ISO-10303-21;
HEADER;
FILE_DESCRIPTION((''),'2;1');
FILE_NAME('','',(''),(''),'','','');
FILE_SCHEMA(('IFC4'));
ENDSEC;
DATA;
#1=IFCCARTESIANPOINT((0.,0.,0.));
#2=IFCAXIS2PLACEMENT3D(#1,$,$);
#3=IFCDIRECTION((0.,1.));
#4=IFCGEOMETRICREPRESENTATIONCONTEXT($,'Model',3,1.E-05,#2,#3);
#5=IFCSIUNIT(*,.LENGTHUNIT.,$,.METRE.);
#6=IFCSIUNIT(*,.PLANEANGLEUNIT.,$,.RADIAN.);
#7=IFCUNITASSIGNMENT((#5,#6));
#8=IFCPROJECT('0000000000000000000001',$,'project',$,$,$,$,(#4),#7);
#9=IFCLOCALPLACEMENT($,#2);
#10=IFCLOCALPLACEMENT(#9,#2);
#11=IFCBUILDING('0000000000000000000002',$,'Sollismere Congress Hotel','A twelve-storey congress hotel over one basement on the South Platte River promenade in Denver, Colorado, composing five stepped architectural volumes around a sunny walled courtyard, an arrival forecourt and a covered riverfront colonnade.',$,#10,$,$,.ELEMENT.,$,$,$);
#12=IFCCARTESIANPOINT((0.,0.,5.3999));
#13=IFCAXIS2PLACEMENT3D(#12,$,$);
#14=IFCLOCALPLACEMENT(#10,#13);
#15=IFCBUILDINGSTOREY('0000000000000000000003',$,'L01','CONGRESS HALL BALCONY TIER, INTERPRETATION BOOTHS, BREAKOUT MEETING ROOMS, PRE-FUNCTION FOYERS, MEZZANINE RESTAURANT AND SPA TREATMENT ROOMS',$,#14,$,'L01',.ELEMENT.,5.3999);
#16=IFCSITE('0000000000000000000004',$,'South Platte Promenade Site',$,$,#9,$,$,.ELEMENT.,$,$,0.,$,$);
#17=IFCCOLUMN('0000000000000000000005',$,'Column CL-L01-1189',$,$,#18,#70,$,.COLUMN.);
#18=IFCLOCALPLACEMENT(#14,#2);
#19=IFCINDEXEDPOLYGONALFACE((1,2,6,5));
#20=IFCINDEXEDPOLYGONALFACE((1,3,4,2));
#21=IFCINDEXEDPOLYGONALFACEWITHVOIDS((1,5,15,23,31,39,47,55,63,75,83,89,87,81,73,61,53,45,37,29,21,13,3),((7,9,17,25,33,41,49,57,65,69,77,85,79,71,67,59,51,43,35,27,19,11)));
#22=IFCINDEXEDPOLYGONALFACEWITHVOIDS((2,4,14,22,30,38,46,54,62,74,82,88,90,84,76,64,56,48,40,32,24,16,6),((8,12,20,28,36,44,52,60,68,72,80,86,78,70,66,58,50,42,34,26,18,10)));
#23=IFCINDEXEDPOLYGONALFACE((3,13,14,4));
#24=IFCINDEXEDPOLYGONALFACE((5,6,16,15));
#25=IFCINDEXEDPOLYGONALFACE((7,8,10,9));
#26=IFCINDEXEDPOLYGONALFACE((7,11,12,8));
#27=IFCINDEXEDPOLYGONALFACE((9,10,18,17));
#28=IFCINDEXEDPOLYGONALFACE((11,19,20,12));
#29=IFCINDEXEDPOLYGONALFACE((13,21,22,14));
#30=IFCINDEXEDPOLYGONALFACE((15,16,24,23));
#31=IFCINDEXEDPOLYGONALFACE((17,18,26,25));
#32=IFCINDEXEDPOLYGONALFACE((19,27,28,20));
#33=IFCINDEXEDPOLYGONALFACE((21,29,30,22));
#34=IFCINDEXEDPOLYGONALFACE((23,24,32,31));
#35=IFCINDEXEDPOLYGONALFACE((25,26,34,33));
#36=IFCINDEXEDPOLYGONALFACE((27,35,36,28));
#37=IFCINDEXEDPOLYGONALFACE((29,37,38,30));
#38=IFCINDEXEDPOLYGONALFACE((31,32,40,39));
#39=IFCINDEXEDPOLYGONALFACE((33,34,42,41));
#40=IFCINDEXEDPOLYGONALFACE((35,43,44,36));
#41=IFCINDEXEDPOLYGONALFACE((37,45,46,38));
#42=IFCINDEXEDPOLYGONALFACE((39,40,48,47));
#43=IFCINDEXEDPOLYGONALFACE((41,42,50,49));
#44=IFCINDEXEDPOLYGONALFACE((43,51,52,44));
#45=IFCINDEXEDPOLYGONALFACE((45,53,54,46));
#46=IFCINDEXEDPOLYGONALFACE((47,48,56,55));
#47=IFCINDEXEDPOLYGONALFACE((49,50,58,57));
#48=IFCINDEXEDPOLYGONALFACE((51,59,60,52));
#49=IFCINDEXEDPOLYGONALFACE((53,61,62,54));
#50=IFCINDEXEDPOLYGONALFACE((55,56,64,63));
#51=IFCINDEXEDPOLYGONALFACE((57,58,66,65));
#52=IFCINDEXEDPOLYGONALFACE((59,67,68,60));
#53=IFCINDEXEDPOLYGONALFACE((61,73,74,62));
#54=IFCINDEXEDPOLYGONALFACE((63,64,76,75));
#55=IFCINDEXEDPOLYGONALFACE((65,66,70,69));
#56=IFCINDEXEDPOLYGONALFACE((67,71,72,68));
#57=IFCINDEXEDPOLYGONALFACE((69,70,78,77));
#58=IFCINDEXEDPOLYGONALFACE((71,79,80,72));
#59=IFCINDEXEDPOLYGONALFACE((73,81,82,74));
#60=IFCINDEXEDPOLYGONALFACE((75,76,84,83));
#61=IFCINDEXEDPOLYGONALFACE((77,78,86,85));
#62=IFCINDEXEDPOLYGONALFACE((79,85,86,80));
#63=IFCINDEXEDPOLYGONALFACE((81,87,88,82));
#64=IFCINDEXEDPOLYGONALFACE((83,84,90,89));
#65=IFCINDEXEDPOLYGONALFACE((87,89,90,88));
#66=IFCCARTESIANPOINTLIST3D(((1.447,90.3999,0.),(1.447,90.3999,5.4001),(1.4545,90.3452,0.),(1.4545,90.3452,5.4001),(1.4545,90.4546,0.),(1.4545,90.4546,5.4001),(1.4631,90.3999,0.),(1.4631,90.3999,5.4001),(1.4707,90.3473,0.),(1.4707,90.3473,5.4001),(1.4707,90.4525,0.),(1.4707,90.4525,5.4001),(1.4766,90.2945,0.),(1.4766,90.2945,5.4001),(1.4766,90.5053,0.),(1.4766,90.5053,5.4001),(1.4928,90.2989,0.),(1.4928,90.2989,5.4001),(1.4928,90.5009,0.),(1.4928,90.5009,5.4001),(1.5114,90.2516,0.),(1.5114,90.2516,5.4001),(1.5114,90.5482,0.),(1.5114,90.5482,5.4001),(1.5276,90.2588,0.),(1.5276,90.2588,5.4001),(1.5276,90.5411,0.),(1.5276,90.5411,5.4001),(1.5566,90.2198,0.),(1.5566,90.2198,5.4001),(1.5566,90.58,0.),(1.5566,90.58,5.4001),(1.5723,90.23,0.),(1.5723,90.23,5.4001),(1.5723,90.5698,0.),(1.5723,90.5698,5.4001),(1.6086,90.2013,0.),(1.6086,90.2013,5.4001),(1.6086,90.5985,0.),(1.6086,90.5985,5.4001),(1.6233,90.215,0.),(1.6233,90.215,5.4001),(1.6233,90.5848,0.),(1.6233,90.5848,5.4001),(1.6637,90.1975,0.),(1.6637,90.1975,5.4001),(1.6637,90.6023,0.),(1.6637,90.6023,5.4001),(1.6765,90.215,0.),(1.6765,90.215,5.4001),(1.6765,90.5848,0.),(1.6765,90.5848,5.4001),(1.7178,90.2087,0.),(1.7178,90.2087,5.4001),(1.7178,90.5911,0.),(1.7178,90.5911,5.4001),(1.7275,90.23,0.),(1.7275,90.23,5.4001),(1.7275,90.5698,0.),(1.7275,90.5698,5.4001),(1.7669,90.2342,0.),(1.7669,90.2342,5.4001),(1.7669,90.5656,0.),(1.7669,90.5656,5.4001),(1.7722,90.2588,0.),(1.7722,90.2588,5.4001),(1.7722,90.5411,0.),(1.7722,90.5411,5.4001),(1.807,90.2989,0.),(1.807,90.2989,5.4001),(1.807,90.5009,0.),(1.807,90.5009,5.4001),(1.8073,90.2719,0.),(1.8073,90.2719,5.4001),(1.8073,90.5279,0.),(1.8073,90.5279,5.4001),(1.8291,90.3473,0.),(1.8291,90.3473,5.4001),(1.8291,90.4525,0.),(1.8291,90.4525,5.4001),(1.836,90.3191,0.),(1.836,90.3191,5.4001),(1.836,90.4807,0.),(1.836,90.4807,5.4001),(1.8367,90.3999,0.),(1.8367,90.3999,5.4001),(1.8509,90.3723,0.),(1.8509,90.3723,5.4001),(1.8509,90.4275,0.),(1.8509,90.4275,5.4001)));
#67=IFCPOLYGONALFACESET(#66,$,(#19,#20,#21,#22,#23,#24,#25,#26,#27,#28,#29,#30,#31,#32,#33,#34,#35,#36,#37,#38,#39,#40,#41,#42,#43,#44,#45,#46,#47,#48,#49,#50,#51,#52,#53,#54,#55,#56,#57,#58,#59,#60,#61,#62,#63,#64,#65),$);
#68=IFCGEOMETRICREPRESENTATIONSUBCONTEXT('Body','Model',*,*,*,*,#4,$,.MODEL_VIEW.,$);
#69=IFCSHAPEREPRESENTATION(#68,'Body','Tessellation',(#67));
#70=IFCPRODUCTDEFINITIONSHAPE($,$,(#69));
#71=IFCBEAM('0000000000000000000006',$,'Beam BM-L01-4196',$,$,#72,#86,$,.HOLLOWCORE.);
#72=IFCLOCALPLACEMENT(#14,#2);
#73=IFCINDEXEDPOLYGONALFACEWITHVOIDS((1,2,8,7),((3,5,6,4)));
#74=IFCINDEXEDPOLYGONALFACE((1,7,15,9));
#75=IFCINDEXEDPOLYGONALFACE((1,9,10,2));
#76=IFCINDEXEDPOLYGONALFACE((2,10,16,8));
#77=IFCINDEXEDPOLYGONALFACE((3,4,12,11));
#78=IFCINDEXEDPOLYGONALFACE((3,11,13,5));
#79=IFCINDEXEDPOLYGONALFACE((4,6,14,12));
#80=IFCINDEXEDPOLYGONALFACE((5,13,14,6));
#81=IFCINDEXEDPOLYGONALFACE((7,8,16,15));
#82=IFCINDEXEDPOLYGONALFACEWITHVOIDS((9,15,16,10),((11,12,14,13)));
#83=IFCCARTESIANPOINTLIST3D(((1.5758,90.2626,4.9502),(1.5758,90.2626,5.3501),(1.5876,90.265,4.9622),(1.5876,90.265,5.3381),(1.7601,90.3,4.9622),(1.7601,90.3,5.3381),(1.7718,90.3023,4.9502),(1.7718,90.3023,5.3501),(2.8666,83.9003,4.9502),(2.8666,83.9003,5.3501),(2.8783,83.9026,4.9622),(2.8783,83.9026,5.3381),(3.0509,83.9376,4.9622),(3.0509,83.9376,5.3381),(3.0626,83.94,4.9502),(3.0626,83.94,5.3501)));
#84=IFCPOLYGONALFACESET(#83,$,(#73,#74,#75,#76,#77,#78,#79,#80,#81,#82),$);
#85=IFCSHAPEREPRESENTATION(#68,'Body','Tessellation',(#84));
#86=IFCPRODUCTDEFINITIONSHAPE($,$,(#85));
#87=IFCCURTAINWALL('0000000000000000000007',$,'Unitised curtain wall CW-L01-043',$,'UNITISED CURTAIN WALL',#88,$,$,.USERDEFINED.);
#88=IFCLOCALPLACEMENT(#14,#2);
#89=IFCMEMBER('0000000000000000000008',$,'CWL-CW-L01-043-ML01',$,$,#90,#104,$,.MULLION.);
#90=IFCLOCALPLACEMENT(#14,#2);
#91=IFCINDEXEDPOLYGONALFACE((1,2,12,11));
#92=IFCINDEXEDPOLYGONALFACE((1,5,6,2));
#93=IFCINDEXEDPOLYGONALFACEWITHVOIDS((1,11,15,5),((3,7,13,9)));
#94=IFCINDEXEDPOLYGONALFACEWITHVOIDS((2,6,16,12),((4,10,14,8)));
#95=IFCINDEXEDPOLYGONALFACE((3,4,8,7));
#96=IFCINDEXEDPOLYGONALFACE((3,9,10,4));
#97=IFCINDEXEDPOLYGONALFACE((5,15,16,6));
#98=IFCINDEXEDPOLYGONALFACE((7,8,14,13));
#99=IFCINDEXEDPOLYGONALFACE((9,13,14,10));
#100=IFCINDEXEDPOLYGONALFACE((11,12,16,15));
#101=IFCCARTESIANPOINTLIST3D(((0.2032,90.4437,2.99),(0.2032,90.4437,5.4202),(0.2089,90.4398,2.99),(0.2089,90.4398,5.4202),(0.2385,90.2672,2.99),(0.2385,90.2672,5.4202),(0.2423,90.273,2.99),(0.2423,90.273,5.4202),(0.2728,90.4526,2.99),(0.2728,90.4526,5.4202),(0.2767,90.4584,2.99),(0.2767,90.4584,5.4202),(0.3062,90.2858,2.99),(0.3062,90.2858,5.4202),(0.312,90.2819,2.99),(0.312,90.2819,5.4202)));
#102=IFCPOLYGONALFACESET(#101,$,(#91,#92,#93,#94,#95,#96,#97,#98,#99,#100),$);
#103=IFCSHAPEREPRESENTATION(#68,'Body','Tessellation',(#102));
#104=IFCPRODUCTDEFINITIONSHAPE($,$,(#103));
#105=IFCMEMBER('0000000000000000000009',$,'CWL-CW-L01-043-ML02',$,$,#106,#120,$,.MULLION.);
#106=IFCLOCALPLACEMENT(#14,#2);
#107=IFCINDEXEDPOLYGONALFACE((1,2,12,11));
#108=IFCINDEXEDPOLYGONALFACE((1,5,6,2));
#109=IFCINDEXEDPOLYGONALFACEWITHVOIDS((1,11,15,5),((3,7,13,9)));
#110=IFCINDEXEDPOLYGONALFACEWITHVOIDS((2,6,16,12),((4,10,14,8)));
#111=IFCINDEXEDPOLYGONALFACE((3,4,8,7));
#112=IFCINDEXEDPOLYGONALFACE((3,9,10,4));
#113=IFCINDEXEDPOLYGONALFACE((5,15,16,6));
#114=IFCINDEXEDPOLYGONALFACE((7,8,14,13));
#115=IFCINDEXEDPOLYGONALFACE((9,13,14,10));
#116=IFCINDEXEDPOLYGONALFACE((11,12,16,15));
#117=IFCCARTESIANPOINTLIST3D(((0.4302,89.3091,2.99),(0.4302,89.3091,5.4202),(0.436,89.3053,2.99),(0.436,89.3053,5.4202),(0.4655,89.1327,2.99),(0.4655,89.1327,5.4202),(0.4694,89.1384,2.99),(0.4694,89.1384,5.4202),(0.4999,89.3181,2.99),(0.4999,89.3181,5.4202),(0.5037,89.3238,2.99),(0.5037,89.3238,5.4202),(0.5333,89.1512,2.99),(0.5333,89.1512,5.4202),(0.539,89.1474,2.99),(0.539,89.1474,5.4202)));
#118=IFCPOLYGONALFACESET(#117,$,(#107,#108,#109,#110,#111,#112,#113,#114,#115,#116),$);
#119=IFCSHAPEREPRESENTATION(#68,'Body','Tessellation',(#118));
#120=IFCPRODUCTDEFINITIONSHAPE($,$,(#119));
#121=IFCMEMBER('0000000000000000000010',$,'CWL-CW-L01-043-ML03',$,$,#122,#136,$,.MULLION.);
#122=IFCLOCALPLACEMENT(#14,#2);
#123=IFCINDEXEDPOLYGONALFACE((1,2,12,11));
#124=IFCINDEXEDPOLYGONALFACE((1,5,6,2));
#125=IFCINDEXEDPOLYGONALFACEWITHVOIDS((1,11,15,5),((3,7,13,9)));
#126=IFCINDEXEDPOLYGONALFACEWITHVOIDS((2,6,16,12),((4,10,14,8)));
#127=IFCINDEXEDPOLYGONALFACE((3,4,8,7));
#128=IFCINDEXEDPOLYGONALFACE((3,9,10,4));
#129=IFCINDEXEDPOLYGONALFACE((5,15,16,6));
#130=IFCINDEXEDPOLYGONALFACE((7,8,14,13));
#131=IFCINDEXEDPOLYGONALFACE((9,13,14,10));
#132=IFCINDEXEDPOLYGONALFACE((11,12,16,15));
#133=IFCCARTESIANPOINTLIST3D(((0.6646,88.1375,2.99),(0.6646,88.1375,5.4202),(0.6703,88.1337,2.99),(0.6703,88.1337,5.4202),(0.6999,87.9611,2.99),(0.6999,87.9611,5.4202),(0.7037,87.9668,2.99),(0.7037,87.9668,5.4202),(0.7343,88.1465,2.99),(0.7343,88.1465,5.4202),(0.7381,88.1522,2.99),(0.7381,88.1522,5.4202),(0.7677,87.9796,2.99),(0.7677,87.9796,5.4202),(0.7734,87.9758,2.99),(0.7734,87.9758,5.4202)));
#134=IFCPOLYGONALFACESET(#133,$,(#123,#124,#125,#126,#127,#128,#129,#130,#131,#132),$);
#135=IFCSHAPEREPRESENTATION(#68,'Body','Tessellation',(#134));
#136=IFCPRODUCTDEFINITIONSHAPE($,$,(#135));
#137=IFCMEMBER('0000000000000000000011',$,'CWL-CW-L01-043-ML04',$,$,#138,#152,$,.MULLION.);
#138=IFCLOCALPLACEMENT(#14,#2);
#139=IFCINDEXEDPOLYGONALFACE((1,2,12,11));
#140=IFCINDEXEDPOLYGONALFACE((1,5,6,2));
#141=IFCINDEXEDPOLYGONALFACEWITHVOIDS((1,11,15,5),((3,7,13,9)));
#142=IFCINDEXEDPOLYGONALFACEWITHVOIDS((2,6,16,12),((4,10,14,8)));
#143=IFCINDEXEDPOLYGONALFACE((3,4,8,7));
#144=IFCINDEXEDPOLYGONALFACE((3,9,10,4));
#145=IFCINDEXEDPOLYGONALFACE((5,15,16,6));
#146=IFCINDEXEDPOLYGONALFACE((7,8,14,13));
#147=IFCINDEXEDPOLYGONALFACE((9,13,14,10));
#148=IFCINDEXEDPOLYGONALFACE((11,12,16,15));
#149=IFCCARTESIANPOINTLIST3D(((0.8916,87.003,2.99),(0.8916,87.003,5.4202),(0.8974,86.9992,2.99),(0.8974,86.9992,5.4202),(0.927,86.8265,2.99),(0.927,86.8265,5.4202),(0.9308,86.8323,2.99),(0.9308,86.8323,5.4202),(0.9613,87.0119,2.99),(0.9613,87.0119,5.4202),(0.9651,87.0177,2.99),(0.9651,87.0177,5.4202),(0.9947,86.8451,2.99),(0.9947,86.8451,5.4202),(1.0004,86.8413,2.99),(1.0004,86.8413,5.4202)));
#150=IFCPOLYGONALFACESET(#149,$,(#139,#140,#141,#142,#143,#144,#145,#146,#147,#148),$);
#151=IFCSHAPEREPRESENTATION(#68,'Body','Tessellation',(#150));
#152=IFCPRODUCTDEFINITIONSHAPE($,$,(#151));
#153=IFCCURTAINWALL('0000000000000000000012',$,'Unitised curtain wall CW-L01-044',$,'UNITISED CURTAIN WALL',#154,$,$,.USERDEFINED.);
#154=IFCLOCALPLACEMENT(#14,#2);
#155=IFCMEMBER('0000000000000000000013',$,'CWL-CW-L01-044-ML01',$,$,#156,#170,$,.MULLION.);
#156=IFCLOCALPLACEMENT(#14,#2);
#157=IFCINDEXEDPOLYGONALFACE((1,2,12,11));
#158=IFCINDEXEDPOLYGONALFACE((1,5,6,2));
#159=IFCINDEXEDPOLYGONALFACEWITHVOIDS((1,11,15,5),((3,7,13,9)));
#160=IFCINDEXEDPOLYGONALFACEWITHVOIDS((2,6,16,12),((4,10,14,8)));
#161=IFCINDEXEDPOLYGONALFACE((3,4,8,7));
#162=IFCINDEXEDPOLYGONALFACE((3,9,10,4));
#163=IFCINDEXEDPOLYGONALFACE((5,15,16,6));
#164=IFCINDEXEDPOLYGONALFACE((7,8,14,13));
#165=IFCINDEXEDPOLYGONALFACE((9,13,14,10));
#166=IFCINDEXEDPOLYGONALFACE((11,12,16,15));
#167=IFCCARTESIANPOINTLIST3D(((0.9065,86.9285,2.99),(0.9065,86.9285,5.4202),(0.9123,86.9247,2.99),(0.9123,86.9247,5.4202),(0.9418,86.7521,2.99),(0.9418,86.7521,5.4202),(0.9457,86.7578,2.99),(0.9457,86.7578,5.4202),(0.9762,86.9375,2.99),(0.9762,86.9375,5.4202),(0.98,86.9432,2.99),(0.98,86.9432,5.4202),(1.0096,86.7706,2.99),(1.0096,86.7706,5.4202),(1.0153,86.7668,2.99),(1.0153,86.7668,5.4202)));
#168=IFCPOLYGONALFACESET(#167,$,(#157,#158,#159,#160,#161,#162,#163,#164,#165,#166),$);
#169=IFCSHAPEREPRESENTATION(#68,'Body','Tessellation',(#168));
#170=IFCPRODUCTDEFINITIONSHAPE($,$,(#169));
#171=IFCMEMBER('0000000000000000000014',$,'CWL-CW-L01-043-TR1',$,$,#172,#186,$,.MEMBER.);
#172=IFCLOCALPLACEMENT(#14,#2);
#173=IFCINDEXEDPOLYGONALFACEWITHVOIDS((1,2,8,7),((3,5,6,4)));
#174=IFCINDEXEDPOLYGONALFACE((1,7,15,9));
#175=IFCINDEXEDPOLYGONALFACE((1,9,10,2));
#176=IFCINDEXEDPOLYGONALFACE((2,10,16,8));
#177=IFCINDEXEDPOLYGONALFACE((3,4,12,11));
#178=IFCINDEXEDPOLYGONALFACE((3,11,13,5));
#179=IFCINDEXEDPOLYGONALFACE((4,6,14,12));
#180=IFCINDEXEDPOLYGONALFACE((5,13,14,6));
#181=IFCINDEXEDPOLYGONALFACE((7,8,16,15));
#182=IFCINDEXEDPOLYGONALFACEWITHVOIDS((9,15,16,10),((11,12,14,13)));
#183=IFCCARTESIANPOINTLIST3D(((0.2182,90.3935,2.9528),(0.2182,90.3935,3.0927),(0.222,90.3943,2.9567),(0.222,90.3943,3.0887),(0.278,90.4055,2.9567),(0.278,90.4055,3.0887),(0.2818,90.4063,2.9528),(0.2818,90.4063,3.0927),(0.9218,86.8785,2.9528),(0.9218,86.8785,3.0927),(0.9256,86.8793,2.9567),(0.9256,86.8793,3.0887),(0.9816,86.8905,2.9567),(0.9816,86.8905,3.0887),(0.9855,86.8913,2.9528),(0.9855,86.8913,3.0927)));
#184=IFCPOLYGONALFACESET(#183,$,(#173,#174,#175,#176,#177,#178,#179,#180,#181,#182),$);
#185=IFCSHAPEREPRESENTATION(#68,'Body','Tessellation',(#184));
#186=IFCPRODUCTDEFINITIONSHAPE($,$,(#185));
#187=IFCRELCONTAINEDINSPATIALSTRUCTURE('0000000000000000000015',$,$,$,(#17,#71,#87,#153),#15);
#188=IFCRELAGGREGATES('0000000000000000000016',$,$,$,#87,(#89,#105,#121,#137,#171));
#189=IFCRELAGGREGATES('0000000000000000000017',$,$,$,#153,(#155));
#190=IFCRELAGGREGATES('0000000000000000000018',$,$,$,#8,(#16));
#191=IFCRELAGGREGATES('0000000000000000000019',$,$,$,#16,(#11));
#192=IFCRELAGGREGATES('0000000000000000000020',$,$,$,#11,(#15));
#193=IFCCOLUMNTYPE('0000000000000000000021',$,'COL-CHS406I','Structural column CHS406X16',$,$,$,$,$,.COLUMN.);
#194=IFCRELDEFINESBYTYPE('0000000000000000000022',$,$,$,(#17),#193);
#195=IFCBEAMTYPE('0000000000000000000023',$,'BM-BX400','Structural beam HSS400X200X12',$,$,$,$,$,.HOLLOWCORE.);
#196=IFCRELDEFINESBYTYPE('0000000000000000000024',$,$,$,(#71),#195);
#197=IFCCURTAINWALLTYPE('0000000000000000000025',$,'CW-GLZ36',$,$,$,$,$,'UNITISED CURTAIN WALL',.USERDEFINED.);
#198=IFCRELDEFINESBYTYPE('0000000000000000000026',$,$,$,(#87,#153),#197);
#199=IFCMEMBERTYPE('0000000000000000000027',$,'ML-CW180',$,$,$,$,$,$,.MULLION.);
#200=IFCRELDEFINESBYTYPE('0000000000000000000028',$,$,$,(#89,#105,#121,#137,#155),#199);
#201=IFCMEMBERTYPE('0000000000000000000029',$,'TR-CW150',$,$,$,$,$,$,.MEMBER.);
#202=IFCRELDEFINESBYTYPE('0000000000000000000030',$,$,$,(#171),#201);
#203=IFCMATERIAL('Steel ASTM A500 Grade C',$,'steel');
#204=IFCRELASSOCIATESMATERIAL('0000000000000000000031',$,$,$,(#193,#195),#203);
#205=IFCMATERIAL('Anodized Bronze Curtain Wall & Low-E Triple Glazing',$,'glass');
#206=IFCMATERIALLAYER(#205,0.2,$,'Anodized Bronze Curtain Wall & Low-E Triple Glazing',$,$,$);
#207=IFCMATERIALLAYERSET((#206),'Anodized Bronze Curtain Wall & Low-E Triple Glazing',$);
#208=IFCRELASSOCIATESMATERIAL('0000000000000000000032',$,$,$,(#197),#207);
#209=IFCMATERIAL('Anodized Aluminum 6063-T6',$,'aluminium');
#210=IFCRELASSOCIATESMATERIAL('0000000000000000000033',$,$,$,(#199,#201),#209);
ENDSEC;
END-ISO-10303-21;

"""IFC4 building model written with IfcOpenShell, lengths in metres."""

from ifc_helpers import new_model, si_unit, direction, frame, origin, origin_2d, place, context, subcontext, project, spatial, hollow_rectangle, hollow_circle, extrude, material, layer, layer_set, material_profile, profile_set, type_object, element, aggregate, save


model = new_model("IFC4")

# Units and contexts
model_context = context("Model", 3, precision=1e-05, world=origin(), true_north=direction((0.0, 1.0)))
body_context = subcontext(model_context, "Body", "Model", "MODEL_VIEW")
ifc_project = project(units=[si_unit("LENGTHUNIT", "METRE"), si_unit("PLANEANGLEUNIT", "RADIAN")], contexts=[model_context])

# Site, building, storey
site_placement = place(None, origin())
site = spatial("IfcSite", under=ifc_project, at=site_placement, Name="South Platte Promenade Site", CompositionType="ELEMENT", RefElevation=0.0)
building_placement = place(site_placement, origin())
building = spatial("IfcBuilding", under=site, at=building_placement, Name="Sollismere Congress Hotel", Description="A twelve-storey congress hotel over one basement on the South Platte River promenade in Denver, Colorado, composing five stepped architectural volumes around a sunny walled courtyard, an arrival forecourt and a covered riverfront colonnade.", CompositionType="ELEMENT")
storey_placement = place(building_placement, frame((0.0, 0.0, 5.3999)))
storey = spatial("IfcBuildingStorey", under=building, at=storey_placement, Name="L01", Description="CONGRESS HALL BALCONY TIER, INTERPRETATION BOOTHS, BREAKOUT MEETING ROOMS, PRE-FUNCTION FOYERS, MEZZANINE RESTAURANT AND SPA TREATMENT ROOMS", LongName="L01", CompositionType="ELEMENT", Elevation=5.3999)

# Column
ifc_material_1 = material(Name="Steel ASTM A500 Grade C", Category="steel")
ifc_material_profile_1 = material_profile(ifc_material_1, hollow_circle(Radius=0.2029, WallThickness=0.0161, at=origin_2d()), Name="CHS406X16")
ifc_profile_set_1 = profile_set([ifc_material_profile_1], Name="Steel ASTM A500 Grade C")
column_type = type_object("IfcColumnType", Name="COL-CHS406I", Description="Structural column CHS406X16", PredefinedType="COLUMN", material=ifc_profile_set_1)
column_placement = place(storey_placement, frame((1.6499, 90.3999, 0.0), z_axis=(0.0, 0.0, 1.0), x_axis=(-1.0, 0.0, 0.0)))
element("IfcColumn", 1, at=column_placement, inside=storey, type_object=column_type, Name="Column CL-L01-1189", PredefinedType="COLUMN", context=body_context, shape_type="SweptSolid", body=[
    extrude(hollow_circle(Radius=0.2029, WallThickness=0.0161, at=origin_2d()), origin(), (0.0, 0.0, 1.0), 5.4001),
])

# Beam
ifc_material_profile_2 = material_profile(ifc_material_1, hollow_rectangle(XDim=0.2, YDim=0.3999, WallThickness=0.012, at=origin_2d()), Name="HSS400X200X12")
ifc_profile_set_2 = profile_set([ifc_material_profile_2], Name="Steel ASTM A500 Grade C")
beam_type = type_object("IfcBeamType", Name="BM-BX400", Description="Structural beam HSS400X200X12", PredefinedType="HOLLOWCORE", material=ifc_profile_set_2)
beam_placement = place(storey_placement, frame((1.6738, 90.2825, 5.1501), z_axis=(0.198827, -0.980035, 0.0), x_axis=(0.980035, 0.198827, 0.0)))
element("IfcBeam", 2, at=beam_placement, inside=storey, type_object=beam_type, Name="Beam BM-L01-4196", PredefinedType="HOLLOWCORE", context=body_context, shape_type="SweptSolid", body=[
    extrude(hollow_rectangle(XDim=0.2, YDim=0.3999, WallThickness=0.012, at=origin_2d()), origin(), (0.0, 0.0, 1.0), 6.4919),
])

# Curtain wall, members
ifc_material_2 = material(Name="Anodized Bronze Curtain Wall & Low-E Triple Glazing", Category="glass")
ifc_layer_1 = layer(ifc_material_2, 0.2, Name="Anodized Bronze Curtain Wall & Low-E Triple Glazing")
ifc_layer_set_1 = layer_set([ifc_layer_1], Name="Anodized Bronze Curtain Wall & Low-E Triple Glazing")
curtain_wall_type = type_object("IfcCurtainWallType", Name="CW-GLZ36", ElementType="UNITISED CURTAIN WALL", PredefinedType="USERDEFINED", material=ifc_layer_set_1)
curtain_wall_1_placement = place(storey_placement, origin())
curtain_wall_1 = element("IfcCurtainWall", 3, at=curtain_wall_1_placement, inside=storey, type_object=curtain_wall_type, Name="Unitised curtain wall CW-L01-043", ObjectType="UNITISED CURTAIN WALL", PredefinedType="USERDEFINED")
ifc_material_3 = material(Name="Anodized Aluminum 6063-T6", Category="aluminium")
ifc_material_profile_3 = material_profile(ifc_material_3, hollow_rectangle(XDim=0.075, YDim=0.1799, WallThickness=0.0049, at=origin_2d()), Name="ALU180X75X5")
ifc_profile_set_3 = profile_set([ifc_material_profile_3], Name="Anodized Aluminum 6063-T6")
member_type_1 = type_object("IfcMemberType", Name="ML-CW180", PredefinedType="MULLION", material=ifc_profile_set_3)
member_1_placement = place(storey_placement, frame((0.2576, 90.3628, 2.99), z_axis=(0.0, 0.0, 1.0), x_axis=(0.980553, 0.196254, 0.0)))
member_1 = element("IfcMember", 4, at=member_1_placement, type_object=member_type_1, Name="CWL-CW-L01-043-ML01", PredefinedType="MULLION", context=body_context, shape_type="SweptSolid", body=[
    extrude(hollow_rectangle(XDim=0.075, YDim=0.1799, WallThickness=0.0049, at=origin_2d()), origin(), (0.0, 0.0, 1.0), 2.4302),
])
member_2_placement = place(storey_placement, frame((0.4846, 89.2283, 2.99), z_axis=(0.0, 0.0, 1.0), x_axis=(0.980553, 0.196254, 0.0)))
member_2 = element("IfcMember", 5, at=member_2_placement, type_object=member_type_1, Name="CWL-CW-L01-043-ML02", PredefinedType="MULLION", context=body_context, shape_type="SweptSolid", body=[
    extrude(hollow_rectangle(XDim=0.075, YDim=0.1799, WallThickness=0.0049, at=origin_2d()), origin(), (0.0, 0.0, 1.0), 2.4302),
])
member_3_placement = place(storey_placement, frame((0.719, 88.0566, 2.99), z_axis=(0.0, 0.0, 1.0), x_axis=(0.980553, 0.196254, 0.0)))
member_3 = element("IfcMember", 6, at=member_3_placement, type_object=member_type_1, Name="CWL-CW-L01-043-ML03", PredefinedType="MULLION", context=body_context, shape_type="SweptSolid", body=[
    extrude(hollow_rectangle(XDim=0.075, YDim=0.1799, WallThickness=0.0049, at=origin_2d()), origin(), (0.0, 0.0, 1.0), 2.4302),
])
member_4_placement = place(storey_placement, frame((0.946, 86.9221, 2.99), z_axis=(0.0, 0.0, 1.0), x_axis=(0.980553, 0.196254, 0.0)))
member_4 = element("IfcMember", 7, at=member_4_placement, type_object=member_type_1, Name="CWL-CW-L01-043-ML04", PredefinedType="MULLION", context=body_context, shape_type="SweptSolid", body=[
    extrude(hollow_rectangle(XDim=0.075, YDim=0.1799, WallThickness=0.0049, at=origin_2d()), origin(), (0.0, 0.0, 1.0), 2.4302),
])

# Curtain wall, member
curtain_wall_2_placement = place(storey_placement, origin())
curtain_wall_2 = element("IfcCurtainWall", 8, at=curtain_wall_2_placement, inside=storey, type_object=curtain_wall_type, Name="Unitised curtain wall CW-L01-044", ObjectType="UNITISED CURTAIN WALL", PredefinedType="USERDEFINED")
member_5_placement = place(storey_placement, frame((0.9609, 86.8477, 2.99), z_axis=(0.0, 0.0, 1.0), x_axis=(0.980553, 0.196254, 0.0)))
member_5 = element("IfcMember", 9, at=member_5_placement, type_object=member_type_1, Name="CWL-CW-L01-044-ML01", PredefinedType="MULLION", context=body_context, shape_type="SweptSolid", body=[
    extrude(hollow_rectangle(XDim=0.075, YDim=0.1799, WallThickness=0.0049, at=origin_2d()), origin(), (0.0, 0.0, 1.0), 2.4302),
])

# Member
ifc_material_profile_4 = material_profile(ifc_material_3, hollow_rectangle(XDim=0.0649, YDim=0.1399, WallThickness=0.0039, at=origin_2d()), Name="ALU140X65X4")
ifc_profile_set_4 = profile_set([ifc_material_profile_4], Name="Anodized Aluminum 6063-T6")
member_type_2 = type_object("IfcMemberType", Name="TR-CW150", PredefinedType="MEMBER", material=ifc_profile_set_4)
member_6_placement = place(storey_placement, frame((0.25, 90.3999, 3.0227), z_axis=(0.196286, -0.980547, 0.0), x_axis=(0.980547, 0.196286, 0.0)))
member_6 = element("IfcMember", 10, at=member_6_placement, type_object=member_type_2, Name="CWL-CW-L01-043-TR1", PredefinedType="MEMBER", context=body_context, shape_type="SweptSolid", body=[
    extrude(hollow_rectangle(XDim=0.0649, YDim=0.1399, WallThickness=0.0039, at=origin_2d()), origin(), (0.0, 0.0, 1.0), 3.5847),
])

aggregate(curtain_wall_1, [member_1, member_2, member_3, member_4, member_6])
aggregate(curtain_wall_2, [member_5])

save(model, "model.ifc")
